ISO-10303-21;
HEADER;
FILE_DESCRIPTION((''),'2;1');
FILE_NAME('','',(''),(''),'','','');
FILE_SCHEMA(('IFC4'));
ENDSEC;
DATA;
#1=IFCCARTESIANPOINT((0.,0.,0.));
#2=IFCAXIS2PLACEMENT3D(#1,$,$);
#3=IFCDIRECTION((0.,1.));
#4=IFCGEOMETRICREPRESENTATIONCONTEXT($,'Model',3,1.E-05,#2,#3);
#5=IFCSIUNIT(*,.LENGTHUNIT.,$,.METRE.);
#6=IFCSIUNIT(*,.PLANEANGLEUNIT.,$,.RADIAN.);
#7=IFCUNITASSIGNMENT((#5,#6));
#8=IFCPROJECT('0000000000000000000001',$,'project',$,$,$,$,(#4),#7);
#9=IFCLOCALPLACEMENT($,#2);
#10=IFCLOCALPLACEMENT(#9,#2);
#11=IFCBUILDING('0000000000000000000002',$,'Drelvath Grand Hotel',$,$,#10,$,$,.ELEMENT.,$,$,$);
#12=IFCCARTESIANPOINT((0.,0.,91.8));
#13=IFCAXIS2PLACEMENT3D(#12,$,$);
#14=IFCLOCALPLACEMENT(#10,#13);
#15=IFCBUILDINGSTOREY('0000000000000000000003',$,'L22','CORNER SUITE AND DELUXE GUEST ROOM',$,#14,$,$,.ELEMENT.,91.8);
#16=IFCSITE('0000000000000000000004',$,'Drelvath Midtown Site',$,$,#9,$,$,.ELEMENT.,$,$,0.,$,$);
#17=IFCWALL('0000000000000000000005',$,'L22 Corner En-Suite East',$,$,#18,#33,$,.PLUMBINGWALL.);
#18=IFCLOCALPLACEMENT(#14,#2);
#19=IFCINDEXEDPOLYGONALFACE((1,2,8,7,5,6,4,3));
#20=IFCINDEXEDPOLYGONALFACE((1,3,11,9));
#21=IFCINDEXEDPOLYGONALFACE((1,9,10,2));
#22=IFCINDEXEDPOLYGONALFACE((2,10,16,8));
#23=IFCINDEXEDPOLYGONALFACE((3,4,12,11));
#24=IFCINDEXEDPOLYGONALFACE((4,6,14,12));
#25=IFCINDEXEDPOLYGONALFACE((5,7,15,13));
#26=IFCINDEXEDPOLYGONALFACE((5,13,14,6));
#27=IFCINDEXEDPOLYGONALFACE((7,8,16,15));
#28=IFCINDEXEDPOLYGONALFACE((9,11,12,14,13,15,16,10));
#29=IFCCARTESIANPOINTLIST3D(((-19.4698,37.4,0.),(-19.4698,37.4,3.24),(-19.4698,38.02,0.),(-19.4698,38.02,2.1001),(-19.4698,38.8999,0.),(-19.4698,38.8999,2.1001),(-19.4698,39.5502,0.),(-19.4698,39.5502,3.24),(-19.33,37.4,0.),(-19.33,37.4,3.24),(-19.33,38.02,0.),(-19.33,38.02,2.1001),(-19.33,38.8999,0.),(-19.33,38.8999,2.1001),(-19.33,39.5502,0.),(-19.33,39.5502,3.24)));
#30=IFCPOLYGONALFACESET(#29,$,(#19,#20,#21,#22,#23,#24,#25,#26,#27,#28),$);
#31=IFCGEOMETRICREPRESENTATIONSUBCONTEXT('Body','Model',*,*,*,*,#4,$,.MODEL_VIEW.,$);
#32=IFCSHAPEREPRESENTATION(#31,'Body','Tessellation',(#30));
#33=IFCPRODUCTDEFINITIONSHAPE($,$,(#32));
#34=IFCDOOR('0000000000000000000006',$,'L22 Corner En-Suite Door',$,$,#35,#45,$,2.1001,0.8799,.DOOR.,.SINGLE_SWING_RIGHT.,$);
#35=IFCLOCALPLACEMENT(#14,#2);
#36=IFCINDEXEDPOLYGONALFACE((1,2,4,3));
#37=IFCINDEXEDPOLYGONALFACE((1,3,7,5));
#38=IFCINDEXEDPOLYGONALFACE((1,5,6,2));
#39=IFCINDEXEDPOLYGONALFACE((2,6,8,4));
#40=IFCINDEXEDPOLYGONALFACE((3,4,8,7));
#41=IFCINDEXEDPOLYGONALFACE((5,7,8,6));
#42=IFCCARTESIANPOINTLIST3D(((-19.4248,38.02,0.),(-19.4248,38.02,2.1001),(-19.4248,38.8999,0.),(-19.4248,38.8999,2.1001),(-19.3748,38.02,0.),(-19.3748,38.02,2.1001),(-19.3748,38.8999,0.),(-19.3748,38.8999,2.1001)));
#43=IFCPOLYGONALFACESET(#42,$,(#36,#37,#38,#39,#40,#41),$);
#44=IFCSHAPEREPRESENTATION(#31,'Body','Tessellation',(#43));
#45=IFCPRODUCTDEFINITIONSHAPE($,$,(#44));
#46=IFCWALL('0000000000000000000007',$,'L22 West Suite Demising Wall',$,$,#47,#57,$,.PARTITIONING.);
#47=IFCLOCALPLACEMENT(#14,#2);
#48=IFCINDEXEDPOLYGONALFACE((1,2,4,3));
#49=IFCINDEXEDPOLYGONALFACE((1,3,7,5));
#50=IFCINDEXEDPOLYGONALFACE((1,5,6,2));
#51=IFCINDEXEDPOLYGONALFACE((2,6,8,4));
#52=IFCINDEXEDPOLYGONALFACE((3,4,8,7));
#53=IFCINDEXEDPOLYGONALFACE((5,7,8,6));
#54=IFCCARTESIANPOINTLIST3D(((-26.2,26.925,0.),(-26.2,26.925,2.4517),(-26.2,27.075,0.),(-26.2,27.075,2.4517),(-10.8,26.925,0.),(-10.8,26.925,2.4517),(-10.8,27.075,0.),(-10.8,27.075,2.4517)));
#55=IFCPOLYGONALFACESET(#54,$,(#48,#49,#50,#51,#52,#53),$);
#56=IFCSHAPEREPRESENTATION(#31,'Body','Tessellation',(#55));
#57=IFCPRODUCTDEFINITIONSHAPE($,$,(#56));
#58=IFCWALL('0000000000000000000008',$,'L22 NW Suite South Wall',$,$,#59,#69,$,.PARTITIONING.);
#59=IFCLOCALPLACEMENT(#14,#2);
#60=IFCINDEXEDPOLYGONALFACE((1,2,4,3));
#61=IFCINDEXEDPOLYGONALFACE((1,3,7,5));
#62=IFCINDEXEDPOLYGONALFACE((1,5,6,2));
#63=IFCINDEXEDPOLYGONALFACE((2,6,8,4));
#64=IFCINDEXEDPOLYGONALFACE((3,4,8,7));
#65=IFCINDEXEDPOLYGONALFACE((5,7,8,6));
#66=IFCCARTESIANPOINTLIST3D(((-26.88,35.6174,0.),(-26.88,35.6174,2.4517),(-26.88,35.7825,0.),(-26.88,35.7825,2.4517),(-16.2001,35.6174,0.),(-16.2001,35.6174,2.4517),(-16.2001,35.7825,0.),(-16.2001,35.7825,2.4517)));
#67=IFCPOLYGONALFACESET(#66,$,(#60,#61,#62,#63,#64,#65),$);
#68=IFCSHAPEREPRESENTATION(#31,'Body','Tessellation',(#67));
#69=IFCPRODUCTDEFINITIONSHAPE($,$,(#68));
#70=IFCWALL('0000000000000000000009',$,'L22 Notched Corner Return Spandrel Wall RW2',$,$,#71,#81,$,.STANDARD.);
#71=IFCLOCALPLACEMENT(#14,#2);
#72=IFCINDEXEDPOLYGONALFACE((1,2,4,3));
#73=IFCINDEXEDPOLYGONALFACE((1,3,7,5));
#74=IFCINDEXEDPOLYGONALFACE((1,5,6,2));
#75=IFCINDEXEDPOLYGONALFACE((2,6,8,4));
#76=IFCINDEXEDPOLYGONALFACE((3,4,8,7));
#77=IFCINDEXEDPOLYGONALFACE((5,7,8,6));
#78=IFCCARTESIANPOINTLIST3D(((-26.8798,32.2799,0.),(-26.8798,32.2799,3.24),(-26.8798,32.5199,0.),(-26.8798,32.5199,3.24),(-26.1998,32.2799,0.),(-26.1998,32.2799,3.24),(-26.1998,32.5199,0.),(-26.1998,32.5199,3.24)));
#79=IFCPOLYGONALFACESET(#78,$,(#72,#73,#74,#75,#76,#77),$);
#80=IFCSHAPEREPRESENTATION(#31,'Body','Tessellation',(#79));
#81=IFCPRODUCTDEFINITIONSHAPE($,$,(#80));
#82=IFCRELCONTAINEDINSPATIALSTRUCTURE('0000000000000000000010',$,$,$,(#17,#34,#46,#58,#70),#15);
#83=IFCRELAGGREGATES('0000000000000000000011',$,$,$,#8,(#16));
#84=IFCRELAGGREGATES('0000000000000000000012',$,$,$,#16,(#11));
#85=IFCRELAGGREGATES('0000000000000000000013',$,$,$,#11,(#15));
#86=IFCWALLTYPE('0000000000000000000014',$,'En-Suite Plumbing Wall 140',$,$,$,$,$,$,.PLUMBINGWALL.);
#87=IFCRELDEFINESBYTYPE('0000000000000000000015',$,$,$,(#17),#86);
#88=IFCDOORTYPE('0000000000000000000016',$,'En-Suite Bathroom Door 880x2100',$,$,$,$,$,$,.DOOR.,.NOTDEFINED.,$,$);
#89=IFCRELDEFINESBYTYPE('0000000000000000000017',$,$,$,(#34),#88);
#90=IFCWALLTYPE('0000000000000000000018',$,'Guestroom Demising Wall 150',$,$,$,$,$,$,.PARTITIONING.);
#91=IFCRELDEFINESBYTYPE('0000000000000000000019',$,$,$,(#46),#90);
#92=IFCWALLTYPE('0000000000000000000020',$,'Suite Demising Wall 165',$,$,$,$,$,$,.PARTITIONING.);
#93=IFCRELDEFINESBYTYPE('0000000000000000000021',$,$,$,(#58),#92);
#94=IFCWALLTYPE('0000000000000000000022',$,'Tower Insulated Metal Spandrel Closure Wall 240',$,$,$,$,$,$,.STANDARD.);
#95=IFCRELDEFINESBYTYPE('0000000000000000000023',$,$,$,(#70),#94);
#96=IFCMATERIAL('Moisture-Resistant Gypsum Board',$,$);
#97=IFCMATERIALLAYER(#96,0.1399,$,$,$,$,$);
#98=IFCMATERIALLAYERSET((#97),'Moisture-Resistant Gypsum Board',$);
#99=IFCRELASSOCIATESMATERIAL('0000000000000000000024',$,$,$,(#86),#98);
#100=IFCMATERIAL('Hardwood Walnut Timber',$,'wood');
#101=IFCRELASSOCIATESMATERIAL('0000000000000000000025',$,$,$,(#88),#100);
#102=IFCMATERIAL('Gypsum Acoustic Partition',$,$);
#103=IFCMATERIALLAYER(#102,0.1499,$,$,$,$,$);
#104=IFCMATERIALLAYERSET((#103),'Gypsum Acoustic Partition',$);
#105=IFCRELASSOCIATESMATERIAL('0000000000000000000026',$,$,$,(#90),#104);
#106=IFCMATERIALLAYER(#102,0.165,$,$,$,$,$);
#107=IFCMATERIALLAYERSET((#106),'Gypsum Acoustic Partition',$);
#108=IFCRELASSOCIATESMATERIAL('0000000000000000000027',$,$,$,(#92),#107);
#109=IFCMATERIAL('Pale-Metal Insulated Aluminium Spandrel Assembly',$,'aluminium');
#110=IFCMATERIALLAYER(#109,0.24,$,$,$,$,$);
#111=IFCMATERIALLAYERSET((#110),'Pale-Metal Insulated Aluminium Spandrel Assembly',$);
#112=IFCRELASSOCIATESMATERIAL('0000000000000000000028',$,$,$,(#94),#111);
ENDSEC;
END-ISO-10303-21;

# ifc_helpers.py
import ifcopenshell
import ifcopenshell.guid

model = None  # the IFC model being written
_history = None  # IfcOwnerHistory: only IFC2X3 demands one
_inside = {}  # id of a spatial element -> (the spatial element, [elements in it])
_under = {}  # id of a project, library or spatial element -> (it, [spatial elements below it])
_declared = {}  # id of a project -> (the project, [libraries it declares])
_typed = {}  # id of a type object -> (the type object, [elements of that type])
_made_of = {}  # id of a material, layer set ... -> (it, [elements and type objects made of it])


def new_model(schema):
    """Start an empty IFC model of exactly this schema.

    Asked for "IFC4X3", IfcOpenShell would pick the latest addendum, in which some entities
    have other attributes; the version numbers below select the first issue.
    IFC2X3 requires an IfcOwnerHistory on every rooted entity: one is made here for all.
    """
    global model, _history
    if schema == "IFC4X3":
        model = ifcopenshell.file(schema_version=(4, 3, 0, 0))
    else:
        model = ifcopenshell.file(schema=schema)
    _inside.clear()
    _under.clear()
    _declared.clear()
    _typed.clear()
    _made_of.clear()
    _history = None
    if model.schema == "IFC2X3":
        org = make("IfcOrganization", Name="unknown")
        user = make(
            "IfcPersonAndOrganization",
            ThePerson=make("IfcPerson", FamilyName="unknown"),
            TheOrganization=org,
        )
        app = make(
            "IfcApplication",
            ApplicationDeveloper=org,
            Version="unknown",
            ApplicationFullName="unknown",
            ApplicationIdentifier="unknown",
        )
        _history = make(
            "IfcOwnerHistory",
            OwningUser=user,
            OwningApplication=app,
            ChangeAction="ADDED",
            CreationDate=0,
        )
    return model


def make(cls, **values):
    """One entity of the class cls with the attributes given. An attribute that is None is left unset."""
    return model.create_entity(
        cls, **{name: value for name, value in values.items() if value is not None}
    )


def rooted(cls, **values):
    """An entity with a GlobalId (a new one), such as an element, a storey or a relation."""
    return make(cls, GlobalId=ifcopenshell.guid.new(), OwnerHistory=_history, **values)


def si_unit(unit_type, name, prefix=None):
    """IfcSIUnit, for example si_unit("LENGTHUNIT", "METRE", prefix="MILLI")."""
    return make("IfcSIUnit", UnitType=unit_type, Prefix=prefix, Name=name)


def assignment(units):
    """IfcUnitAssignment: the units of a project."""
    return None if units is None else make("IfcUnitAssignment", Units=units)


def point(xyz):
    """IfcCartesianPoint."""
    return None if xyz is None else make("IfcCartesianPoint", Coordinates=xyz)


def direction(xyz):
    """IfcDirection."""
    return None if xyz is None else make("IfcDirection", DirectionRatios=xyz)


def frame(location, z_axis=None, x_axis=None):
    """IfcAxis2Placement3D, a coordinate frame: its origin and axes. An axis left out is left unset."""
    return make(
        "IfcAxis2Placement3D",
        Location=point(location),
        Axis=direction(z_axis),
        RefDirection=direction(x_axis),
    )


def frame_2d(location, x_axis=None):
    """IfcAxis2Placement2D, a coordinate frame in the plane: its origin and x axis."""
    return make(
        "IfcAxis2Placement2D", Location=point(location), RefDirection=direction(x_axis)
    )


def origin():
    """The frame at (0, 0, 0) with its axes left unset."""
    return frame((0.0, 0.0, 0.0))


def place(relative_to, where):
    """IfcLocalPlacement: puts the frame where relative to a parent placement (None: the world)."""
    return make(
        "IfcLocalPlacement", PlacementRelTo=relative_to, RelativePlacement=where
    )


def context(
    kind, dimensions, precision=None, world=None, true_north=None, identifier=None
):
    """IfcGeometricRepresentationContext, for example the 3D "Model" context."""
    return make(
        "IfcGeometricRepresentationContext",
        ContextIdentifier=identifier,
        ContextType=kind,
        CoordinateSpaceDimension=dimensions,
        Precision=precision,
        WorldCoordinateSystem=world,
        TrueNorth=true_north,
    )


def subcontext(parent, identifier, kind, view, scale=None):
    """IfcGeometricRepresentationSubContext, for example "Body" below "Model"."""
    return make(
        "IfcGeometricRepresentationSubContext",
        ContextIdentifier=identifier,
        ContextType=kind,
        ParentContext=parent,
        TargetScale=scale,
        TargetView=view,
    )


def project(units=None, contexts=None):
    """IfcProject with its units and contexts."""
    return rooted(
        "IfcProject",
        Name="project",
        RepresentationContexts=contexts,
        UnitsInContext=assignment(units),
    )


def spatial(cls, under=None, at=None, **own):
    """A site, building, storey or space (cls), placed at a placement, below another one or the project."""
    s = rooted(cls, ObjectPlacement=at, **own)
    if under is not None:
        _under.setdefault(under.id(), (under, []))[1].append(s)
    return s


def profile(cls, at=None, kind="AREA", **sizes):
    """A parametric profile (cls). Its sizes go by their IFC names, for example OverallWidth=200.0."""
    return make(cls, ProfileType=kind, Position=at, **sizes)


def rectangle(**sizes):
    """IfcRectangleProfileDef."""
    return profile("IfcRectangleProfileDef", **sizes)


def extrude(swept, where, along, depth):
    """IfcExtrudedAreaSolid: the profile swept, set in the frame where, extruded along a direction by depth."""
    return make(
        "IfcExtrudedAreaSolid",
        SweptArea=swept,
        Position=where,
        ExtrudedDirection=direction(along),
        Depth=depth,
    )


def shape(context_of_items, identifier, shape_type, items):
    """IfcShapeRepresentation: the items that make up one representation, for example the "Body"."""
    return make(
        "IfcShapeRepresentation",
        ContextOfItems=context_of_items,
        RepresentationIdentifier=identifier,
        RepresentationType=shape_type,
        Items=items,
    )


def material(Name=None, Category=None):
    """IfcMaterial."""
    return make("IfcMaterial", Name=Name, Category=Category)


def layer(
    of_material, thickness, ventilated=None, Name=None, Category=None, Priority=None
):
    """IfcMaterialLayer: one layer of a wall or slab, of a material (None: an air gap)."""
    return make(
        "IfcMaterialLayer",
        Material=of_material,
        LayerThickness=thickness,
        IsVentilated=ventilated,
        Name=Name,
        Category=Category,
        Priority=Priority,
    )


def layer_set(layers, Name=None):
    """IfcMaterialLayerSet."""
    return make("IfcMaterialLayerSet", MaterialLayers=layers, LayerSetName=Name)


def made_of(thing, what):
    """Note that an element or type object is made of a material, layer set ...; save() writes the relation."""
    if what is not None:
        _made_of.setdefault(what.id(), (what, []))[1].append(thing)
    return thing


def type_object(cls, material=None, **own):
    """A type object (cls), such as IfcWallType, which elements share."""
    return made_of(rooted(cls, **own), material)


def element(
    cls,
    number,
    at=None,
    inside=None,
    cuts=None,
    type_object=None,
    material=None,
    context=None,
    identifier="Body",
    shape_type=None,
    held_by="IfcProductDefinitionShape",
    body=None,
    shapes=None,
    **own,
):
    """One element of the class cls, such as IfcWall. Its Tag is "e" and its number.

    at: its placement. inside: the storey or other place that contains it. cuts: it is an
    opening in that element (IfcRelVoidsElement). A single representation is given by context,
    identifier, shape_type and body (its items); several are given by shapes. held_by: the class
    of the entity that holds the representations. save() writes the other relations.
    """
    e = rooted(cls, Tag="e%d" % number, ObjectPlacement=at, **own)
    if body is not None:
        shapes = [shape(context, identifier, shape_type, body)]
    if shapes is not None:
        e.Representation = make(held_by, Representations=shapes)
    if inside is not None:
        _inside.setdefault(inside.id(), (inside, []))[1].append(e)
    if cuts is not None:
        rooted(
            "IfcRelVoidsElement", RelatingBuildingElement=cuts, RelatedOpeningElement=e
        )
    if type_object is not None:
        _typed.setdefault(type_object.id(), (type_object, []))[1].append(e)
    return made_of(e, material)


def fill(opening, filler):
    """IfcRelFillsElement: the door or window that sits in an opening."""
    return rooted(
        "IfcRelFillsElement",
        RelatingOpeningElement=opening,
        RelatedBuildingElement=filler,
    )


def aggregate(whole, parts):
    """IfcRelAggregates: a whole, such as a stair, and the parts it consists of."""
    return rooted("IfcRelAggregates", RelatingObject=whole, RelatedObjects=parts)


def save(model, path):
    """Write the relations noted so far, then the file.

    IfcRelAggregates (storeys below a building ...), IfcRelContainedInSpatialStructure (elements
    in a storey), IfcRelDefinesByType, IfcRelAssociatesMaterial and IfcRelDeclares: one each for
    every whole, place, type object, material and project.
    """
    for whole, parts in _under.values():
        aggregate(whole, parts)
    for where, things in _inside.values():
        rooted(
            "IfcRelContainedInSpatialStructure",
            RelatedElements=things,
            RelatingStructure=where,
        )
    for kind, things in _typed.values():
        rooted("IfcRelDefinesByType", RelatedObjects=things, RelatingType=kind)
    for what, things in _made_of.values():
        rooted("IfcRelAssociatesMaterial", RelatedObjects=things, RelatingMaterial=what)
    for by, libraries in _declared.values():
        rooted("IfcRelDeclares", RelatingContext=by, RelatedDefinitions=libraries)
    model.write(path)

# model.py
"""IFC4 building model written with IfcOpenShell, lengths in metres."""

from ifc_helpers import new_model, si_unit, direction, frame, frame_2d, origin, place, context, subcontext, project, spatial, rectangle, extrude, material, layer, layer_set, type_object, element, fill, save


model = new_model("IFC4")

# Units and contexts
model_context = context("Model", 3, precision=1e-05, world=origin(), true_north=direction((0.0, 1.0)))
body_context = subcontext(model_context, "Body", "Model", "MODEL_VIEW")
ifc_project = project(units=[si_unit("LENGTHUNIT", "METRE"), si_unit("PLANEANGLEUNIT", "RADIAN")], contexts=[model_context])

# Site, building, storey
site_placement = place(None, origin())
site = spatial("IfcSite", under=ifc_project, at=site_placement, Name="Drelvath Midtown Site", CompositionType="ELEMENT", RefElevation=0.0)
building_placement = place(site_placement, origin())
building = spatial("IfcBuilding", under=site, at=building_placement, Name="Drelvath Grand Hotel", CompositionType="ELEMENT")
storey_placement = place(building_placement, frame((0.0, 0.0, 91.8)))
storey = spatial("IfcBuildingStorey", under=building, at=storey_placement, Name="L22", Description="CORNER SUITE AND DELUXE GUEST ROOM", CompositionType="ELEMENT", Elevation=91.8)

# Shared definitions
ifc_material_1 = material(Name="Moisture-Resistant Gypsum Board")
ifc_layer_1 = layer(ifc_material_1, 0.1399)
ifc_layer_set_1 = layer_set([ifc_layer_1], Name="Moisture-Resistant Gypsum Board")
wall_type_1 = type_object("IfcWallType", Name="En-Suite Plumbing Wall 140", PredefinedType="PLUMBINGWALL", material=ifc_layer_set_1)

# Wall, opening, door
wall_1_placement = place(storey_placement, frame((-19.3999, 37.3999, 0.0), z_axis=(0.0, 0.0, 1.0), x_axis=(0.0, 1.0, 0.0)))
wall_1 = element("IfcWall", 1, at=wall_1_placement, inside=storey, type_object=wall_type_1, Name="L22 Corner En-Suite East", PredefinedType="PLUMBINGWALL", context=body_context, shape_type="SweptSolid", body=[
    extrude(rectangle(XDim=2.1501, YDim=0.1399, at=frame_2d((1.0752, 0.0))), origin(), (0.0, 0.0, 1.0), 3.24),
])
opening_placement = place(wall_1_placement, frame((0.6201, 0.0, 0.0)))
opening = element("IfcOpeningElement", 2, at=opening_placement, cuts=wall_1, PredefinedType="OPENING", context=body_context, shape_type="SweptSolid", body=[
    extrude(rectangle(XDim=0.8799, YDim=2.1001, at=frame_2d((0.4399, 1.05))), frame((0.0, 0.0798, 0.0), z_axis=(0.0, -1.0, 0.0), x_axis=(1.0, 0.0, 0.0)), (0.0, 0.0, 1.0), 0.1599),
])
ifc_material_2 = material(Name="Hardwood Walnut Timber", Category="wood")
door_type = type_object("IfcDoorType", Name="En-Suite Bathroom Door 880x2100", OperationType="NOTDEFINED", PredefinedType="DOOR", material=ifc_material_2)
door_placement = place(opening_placement, origin())
door = element("IfcDoor", 3, at=door_placement, inside=storey, type_object=door_type, Name="L22 Corner En-Suite Door", OperationType="SINGLE_SWING_RIGHT", OverallHeight=2.1001, OverallWidth=0.8799, PredefinedType="DOOR", context=body_context, shape_type="SweptSolid", body=[
    extrude(rectangle(XDim=0.8799, YDim=2.1001, at=frame_2d((0.4399, 1.05))), frame((0.0, 0.0249, 0.0), z_axis=(0.0, -1.0, 0.0), x_axis=(1.0, 0.0, 0.0)), (0.0, 0.0, 1.0), 0.05),
])
fill(opening, door)

# Walls
ifc_material_3 = material(Name="Gypsum Acoustic Partition")
ifc_layer_2 = layer(ifc_material_3, 0.1499)
ifc_layer_set_2 = layer_set([ifc_layer_2], Name="Gypsum Acoustic Partition")
wall_type_2 = type_object("IfcWallType", Name="Guestroom Demising Wall 150", PredefinedType="PARTITIONING", material=ifc_layer_set_2)
wall_2_placement = place(storey_placement, frame((-26.2, 27.0, 0.0), z_axis=(0.0, 0.0, 1.0), x_axis=(1.0, 0.0, 0.0)))
element("IfcWall", 4, at=wall_2_placement, inside=storey, type_object=wall_type_2, Name="L22 West Suite Demising Wall", PredefinedType="PARTITIONING", context=body_context, shape_type="SweptSolid", body=[
    extrude(rectangle(XDim=15.3999, YDim=0.1499, at=frame_2d((7.7, 0.0))), origin(), (0.0, 0.0, 1.0), 2.4517),
])
ifc_layer_3 = layer(ifc_material_3, 0.165)
ifc_layer_set_3 = layer_set([ifc_layer_3], Name="Gypsum Acoustic Partition")
wall_type_3 = type_object("IfcWallType", Name="Suite Demising Wall 165", PredefinedType="PARTITIONING", material=ifc_layer_set_3)
wall_3_placement = place(storey_placement, frame((-26.8799, 35.7, 0.0), z_axis=(0.0, 0.0, 1.0), x_axis=(1.0, 0.0, 0.0)))
element("IfcWall", 5, at=wall_3_placement, inside=storey, type_object=wall_type_3, Name="L22 NW Suite South Wall", PredefinedType="PARTITIONING", context=body_context, shape_type="SweptSolid", body=[
    extrude(rectangle(XDim=10.6799, YDim=0.165, at=frame_2d((5.3398, 0.0))), origin(), (0.0, 0.0, 1.0), 2.4517),
])
ifc_material_4 = material(Name="Pale-Metal Insulated Aluminium Spandrel Assembly", Category="aluminium")
ifc_layer_4 = layer(ifc_material_4, 0.24)
ifc_layer_set_4 = layer_set([ifc_layer_4], Name="Pale-Metal Insulated Aluminium Spandrel Assembly")
wall_type_4 = type_object("IfcWallType", Name="Tower Insulated Metal Spandrel Closure Wall 240", PredefinedType="STANDARD", material=ifc_layer_set_4)
wall_4_placement = place(storey_placement, frame((-26.2, 32.3999, 0.0), z_axis=(0.0, 0.0, 1.0), x_axis=(-1.0, 0.0, 0.0)))
element("IfcWall", 6, at=wall_4_placement, inside=storey, type_object=wall_type_4, Name="L22 Notched Corner Return Spandrel Wall RW2", PredefinedType="STANDARD", context=body_context, shape_type="SweptSolid", body=[
    extrude(rectangle(XDim=0.6799, YDim=0.24, at=frame_2d((0.3398, 0.0))), origin(), (0.0, 0.0, 1.0), 3.24),
])

save(model, "model.ifc")
